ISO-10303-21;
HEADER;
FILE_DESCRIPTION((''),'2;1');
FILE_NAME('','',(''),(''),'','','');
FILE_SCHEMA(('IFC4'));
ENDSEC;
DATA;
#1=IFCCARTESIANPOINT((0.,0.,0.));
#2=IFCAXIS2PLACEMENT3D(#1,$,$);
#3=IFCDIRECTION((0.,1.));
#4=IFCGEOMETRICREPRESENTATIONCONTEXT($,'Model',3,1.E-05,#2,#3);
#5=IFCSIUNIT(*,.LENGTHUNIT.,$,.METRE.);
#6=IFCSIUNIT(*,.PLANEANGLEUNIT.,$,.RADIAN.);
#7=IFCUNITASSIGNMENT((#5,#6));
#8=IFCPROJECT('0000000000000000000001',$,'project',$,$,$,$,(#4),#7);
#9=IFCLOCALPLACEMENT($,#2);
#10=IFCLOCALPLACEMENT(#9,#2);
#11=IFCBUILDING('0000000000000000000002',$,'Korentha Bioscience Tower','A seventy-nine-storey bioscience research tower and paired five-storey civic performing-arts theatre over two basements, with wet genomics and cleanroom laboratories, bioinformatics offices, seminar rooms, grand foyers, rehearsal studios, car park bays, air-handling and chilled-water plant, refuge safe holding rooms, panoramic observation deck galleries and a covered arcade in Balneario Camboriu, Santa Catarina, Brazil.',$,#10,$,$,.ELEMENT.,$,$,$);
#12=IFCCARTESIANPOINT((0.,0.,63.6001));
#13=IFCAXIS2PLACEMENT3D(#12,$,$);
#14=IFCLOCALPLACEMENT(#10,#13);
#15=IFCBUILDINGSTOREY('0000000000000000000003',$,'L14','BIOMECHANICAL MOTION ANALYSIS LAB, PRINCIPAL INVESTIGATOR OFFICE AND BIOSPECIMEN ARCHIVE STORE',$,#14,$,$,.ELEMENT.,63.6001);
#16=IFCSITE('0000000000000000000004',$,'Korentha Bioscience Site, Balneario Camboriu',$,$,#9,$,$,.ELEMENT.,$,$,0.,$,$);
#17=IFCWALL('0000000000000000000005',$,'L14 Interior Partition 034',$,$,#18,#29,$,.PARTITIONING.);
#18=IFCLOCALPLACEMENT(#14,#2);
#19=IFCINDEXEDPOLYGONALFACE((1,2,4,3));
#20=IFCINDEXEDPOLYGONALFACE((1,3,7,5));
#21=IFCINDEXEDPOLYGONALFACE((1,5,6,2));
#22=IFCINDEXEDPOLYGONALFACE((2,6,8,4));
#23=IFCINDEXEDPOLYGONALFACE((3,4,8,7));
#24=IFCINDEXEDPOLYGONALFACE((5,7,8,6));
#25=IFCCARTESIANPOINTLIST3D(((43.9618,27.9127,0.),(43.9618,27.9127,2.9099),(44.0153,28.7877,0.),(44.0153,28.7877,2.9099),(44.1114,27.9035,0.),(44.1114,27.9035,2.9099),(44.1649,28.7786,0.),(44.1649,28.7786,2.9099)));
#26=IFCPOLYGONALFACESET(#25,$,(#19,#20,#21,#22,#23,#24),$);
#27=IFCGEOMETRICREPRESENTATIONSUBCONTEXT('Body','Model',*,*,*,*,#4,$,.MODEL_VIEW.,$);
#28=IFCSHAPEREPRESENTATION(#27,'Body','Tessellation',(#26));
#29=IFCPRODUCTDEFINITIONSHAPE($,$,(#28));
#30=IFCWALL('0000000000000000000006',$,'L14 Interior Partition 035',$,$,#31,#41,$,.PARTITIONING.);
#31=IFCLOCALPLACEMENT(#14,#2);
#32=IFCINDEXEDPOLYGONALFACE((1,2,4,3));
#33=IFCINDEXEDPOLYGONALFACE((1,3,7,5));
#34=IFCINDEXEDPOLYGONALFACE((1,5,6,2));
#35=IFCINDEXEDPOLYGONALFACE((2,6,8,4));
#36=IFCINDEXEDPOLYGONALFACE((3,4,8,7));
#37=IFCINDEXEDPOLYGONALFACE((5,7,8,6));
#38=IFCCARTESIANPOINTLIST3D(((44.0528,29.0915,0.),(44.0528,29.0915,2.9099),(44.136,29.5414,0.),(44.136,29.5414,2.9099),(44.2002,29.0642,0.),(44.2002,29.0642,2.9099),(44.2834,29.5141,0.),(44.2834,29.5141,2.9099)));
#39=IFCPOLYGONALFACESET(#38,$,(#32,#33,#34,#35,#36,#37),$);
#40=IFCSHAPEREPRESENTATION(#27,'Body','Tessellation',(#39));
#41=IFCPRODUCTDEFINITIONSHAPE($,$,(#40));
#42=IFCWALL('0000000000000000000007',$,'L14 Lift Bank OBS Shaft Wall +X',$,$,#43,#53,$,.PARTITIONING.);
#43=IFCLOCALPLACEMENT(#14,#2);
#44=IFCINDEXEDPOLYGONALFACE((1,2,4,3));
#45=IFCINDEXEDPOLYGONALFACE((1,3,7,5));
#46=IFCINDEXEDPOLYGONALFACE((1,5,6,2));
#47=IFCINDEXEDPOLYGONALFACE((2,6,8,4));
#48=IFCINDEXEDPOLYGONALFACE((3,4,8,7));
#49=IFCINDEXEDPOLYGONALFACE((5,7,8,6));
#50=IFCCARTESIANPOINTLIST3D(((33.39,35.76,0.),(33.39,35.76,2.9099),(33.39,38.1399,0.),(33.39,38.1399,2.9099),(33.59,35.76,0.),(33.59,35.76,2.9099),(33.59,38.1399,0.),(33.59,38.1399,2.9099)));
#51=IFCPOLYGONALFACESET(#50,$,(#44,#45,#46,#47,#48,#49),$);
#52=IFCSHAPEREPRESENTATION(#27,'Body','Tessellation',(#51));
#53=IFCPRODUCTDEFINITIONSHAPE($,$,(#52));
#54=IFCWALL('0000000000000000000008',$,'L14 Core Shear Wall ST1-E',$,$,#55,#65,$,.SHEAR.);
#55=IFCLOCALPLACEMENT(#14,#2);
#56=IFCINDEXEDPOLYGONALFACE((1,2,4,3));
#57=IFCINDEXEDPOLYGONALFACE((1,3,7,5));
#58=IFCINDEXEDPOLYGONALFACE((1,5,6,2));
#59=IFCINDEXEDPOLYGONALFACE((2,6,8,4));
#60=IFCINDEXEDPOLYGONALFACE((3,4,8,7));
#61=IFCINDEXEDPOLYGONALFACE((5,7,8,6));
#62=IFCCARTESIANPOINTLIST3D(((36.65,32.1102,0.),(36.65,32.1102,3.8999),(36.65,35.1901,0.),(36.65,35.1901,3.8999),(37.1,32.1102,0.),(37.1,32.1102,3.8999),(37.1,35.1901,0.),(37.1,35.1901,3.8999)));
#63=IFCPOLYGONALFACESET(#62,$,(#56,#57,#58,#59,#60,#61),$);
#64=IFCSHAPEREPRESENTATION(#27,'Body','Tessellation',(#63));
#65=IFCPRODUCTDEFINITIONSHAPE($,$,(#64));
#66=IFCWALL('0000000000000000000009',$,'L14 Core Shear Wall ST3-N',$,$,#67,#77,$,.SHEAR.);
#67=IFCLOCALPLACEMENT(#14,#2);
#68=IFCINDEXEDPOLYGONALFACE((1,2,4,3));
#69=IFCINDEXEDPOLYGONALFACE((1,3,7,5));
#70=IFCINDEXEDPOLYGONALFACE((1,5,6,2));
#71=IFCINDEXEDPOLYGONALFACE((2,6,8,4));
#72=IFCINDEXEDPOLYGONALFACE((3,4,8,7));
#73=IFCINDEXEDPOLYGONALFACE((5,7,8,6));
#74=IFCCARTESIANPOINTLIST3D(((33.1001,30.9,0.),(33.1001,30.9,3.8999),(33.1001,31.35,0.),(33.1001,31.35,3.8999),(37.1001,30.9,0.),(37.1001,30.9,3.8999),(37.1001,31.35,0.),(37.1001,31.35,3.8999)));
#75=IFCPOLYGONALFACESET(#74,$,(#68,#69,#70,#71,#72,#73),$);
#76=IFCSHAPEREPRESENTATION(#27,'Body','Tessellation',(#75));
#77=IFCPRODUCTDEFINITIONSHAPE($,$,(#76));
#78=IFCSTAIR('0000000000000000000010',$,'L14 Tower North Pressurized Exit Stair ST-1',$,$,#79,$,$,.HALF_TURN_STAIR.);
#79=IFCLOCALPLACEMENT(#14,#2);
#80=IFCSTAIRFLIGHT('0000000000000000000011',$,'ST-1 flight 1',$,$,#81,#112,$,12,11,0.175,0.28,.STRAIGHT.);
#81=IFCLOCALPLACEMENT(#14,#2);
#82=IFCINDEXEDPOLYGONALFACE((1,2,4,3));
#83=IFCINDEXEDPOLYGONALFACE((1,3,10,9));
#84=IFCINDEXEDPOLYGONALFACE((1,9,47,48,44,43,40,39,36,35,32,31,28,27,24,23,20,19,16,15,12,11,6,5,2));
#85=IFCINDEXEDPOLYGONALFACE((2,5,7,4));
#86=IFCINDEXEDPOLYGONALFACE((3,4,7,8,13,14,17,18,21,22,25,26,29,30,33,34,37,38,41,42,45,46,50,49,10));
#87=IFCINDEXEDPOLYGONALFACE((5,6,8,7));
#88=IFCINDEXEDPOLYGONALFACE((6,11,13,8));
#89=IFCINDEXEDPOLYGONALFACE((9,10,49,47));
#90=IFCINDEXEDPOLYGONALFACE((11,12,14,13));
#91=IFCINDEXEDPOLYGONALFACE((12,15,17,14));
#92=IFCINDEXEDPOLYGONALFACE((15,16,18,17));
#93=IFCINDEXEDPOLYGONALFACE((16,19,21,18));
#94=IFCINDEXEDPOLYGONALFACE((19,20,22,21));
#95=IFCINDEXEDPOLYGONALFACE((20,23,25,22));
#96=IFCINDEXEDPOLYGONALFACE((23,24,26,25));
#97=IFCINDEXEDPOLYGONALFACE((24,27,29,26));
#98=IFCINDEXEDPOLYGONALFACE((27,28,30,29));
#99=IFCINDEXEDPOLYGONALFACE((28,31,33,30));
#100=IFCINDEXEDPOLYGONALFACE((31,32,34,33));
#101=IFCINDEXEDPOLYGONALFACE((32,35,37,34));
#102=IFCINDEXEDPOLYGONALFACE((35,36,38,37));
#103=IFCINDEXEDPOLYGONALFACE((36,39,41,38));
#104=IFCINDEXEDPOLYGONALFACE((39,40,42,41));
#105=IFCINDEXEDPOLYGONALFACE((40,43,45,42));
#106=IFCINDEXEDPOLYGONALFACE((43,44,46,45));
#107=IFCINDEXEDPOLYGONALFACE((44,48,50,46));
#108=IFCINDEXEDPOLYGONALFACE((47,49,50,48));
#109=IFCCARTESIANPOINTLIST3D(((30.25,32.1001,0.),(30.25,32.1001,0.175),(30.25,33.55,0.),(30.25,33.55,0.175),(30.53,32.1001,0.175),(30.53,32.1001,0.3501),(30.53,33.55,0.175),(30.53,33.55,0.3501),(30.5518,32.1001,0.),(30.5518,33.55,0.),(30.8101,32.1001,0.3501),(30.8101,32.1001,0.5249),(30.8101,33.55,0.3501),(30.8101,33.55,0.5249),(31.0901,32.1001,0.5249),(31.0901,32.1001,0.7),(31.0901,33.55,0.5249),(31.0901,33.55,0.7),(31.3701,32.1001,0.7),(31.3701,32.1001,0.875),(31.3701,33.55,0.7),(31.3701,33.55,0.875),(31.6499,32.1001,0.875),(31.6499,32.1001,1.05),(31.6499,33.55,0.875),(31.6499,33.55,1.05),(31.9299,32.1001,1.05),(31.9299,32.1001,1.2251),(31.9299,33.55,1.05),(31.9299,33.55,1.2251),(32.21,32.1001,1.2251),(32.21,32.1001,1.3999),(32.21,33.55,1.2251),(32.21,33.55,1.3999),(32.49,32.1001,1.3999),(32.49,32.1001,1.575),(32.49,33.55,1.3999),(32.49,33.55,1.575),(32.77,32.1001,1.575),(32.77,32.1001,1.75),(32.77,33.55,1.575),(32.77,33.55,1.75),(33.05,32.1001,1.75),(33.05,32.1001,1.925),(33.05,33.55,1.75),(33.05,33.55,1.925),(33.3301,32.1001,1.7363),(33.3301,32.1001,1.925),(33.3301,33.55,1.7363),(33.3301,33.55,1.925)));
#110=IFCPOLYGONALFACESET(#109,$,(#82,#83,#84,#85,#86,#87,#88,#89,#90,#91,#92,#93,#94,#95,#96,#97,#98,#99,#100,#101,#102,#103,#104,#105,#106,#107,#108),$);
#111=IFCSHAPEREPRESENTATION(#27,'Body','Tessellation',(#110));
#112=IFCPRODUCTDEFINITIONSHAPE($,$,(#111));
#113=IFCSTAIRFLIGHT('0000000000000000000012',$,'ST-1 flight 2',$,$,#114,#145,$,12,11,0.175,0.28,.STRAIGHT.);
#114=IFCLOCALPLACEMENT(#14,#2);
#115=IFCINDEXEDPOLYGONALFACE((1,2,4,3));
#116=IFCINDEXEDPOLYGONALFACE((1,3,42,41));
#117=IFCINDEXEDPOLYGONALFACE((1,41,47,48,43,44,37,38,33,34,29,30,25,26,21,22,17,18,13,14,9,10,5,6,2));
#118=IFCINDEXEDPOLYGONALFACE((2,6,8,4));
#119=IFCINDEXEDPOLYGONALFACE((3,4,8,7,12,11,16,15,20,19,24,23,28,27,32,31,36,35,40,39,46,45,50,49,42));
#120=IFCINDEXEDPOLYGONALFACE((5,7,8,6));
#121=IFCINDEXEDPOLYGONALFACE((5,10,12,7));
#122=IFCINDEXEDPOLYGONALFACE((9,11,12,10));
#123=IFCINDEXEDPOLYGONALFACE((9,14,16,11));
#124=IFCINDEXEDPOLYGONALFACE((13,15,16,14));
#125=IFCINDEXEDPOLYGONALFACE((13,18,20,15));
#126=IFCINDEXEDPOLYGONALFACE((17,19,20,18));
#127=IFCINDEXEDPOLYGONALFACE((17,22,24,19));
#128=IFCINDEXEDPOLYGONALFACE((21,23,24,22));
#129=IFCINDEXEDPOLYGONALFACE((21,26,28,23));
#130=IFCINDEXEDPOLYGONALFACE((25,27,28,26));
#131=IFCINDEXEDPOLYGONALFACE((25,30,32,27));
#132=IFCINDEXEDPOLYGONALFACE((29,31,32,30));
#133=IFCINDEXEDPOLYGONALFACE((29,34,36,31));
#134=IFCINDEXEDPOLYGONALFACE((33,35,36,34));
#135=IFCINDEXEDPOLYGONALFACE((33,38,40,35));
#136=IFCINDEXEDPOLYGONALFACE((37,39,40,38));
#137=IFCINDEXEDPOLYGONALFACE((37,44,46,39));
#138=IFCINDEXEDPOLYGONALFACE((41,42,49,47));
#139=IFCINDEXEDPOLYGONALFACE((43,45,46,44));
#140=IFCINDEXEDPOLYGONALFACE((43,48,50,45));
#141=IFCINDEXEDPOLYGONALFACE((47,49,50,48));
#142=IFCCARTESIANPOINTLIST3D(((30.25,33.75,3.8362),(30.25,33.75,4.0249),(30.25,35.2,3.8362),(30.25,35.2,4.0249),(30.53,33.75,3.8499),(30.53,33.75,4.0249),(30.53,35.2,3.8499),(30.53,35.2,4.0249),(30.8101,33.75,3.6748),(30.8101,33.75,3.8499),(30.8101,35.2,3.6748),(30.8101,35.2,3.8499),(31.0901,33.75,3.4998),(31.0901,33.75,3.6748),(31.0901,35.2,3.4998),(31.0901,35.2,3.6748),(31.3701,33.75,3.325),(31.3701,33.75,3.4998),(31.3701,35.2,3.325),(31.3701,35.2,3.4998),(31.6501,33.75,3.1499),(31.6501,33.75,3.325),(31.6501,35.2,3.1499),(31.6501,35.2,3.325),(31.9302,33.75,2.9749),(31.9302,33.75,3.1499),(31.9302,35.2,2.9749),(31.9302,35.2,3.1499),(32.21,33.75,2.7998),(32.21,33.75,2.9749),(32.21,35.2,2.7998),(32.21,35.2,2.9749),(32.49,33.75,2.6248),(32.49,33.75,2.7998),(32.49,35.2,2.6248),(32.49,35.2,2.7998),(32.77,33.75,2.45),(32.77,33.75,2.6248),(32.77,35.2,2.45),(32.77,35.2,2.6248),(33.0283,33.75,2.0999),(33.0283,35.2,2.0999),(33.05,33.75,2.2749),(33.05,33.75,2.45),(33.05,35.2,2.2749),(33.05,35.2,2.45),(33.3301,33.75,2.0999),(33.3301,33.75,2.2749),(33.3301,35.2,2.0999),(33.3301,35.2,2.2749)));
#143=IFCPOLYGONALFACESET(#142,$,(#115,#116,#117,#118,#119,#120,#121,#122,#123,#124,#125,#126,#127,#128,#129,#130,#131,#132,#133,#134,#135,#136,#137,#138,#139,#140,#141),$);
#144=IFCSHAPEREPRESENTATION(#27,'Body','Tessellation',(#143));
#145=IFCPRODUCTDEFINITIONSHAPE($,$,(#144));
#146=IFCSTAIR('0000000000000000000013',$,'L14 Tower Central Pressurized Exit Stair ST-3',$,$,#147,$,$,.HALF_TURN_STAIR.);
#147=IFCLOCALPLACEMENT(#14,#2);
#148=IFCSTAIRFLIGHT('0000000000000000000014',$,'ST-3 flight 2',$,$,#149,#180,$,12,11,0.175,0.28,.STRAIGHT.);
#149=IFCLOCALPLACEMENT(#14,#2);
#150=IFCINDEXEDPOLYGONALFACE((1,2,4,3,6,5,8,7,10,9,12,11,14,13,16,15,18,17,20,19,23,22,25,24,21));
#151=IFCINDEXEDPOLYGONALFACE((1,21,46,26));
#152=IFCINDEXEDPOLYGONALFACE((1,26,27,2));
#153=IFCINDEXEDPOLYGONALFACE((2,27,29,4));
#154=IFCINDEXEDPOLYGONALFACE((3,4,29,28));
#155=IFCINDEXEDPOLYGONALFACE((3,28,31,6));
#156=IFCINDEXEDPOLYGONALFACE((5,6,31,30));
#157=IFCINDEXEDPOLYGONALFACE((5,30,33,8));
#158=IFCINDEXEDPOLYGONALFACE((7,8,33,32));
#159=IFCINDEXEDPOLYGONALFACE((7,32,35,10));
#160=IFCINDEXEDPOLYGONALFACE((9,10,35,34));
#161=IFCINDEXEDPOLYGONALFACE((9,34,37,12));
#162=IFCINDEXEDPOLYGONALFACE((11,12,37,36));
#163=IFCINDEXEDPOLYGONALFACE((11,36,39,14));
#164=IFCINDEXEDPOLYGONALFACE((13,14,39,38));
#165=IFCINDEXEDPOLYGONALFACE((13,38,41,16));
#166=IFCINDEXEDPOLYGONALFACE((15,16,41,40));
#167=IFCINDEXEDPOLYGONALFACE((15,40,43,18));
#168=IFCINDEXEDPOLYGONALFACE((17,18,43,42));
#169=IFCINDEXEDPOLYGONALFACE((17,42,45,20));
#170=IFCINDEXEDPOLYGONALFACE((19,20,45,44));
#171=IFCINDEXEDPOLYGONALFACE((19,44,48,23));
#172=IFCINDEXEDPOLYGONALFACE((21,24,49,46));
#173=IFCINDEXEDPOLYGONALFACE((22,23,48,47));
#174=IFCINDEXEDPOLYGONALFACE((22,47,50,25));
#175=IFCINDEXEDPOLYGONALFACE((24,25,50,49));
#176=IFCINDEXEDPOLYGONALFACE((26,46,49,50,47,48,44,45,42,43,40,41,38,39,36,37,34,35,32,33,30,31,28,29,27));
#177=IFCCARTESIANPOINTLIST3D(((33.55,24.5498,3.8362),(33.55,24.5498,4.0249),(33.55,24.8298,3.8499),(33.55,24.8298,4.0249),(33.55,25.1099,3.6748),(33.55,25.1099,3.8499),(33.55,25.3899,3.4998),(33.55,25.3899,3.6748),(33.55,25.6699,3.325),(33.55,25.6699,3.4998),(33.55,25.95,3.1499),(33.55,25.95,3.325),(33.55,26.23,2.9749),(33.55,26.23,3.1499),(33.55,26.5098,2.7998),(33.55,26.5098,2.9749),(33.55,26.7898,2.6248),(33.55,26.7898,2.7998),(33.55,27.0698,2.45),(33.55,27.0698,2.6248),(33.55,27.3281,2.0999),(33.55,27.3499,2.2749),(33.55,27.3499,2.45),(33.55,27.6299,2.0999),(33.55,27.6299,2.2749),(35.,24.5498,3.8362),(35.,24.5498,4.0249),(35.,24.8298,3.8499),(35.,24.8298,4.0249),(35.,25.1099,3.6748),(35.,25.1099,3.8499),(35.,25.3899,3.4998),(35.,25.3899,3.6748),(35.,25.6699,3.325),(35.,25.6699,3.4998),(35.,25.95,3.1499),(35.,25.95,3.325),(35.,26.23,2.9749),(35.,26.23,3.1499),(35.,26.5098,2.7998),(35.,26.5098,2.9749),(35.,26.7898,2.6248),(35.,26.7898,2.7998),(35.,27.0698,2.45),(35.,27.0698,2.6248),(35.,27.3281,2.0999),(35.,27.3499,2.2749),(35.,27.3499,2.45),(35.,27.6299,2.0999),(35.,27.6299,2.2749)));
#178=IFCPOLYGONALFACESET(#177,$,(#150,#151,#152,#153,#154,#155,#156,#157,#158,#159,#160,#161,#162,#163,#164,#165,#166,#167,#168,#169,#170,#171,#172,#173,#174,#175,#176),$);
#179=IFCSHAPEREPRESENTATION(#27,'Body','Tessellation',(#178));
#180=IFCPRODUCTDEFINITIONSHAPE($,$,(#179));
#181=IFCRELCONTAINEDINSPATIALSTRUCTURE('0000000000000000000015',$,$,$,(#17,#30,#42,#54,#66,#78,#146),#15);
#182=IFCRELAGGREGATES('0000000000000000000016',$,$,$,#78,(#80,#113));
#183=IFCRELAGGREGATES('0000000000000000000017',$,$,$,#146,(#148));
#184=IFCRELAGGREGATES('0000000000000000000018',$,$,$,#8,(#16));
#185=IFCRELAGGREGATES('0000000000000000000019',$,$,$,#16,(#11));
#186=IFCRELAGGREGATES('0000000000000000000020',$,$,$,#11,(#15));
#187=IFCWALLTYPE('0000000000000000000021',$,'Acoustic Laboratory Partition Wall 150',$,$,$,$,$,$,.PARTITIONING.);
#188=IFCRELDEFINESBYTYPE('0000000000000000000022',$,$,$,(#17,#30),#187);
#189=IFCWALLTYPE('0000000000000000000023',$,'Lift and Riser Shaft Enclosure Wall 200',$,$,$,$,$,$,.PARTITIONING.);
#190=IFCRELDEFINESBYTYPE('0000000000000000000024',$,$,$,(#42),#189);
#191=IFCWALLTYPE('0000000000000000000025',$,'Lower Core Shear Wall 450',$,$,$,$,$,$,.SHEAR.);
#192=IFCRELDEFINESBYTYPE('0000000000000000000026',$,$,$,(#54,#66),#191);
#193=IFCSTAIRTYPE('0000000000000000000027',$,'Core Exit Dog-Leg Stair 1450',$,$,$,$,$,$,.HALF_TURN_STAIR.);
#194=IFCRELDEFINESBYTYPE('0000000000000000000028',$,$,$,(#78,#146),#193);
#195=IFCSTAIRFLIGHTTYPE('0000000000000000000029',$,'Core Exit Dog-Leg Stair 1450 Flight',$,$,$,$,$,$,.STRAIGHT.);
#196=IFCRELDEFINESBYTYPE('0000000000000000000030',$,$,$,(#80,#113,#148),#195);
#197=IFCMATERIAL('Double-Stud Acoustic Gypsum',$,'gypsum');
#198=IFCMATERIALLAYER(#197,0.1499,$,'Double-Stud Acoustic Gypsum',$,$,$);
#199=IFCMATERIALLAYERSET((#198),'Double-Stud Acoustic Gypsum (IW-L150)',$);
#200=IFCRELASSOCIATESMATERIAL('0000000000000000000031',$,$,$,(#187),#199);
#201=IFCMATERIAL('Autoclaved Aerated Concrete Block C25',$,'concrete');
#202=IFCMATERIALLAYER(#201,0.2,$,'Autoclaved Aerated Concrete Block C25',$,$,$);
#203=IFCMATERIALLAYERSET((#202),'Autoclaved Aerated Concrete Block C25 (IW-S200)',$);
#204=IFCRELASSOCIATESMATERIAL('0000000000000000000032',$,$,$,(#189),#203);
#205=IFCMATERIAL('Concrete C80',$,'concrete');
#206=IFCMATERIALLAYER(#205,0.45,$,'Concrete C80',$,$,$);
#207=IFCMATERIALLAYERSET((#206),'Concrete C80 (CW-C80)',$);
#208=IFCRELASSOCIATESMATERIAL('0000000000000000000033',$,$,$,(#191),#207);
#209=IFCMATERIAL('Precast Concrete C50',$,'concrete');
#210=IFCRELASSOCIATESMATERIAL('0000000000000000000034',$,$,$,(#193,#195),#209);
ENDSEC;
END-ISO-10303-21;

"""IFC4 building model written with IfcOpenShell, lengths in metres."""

from ifc_helpers import new_model, si_unit, direction, frame, frame_2d, origin, place, context, subcontext, project, spatial, polyline, rectangle, outline, extrude, material, layer, layer_set, type_object, element, aggregate, save


model = new_model("IFC4")

# Units and contexts
model_context = context("Model", 3, precision=1e-05, world=origin(), true_north=direction((0.0, 1.0)))
body_context = subcontext(model_context, "Body", "Model", "MODEL_VIEW")
ifc_project = project(units=[si_unit("LENGTHUNIT", "METRE"), si_unit("PLANEANGLEUNIT", "RADIAN")], contexts=[model_context])

# Site, building, storey
site_placement = place(None, origin())
site = spatial("IfcSite", under=ifc_project, at=site_placement, Name="Korentha Bioscience Site, Balneario Camboriu", CompositionType="ELEMENT", RefElevation=0.0)
building_placement = place(site_placement, origin())
building = spatial("IfcBuilding", under=site, at=building_placement, Name="Korentha Bioscience Tower", Description="A seventy-nine-storey bioscience research tower and paired five-storey civic performing-arts theatre over two basements, with wet genomics and cleanroom laboratories, bioinformatics offices, seminar rooms, grand foyers, rehearsal studios, car park bays, air-handling and chilled-water plant, refuge safe holding rooms, panoramic observation deck galleries and a covered arcade in Balneario Camboriu, Santa Catarina, Brazil.", CompositionType="ELEMENT")
storey_placement = place(building_placement, frame((0.0, 0.0, 63.6001)))
storey = spatial("IfcBuildingStorey", under=building, at=storey_placement, Name="L14", Description="BIOMECHANICAL MOTION ANALYSIS LAB, PRINCIPAL INVESTIGATOR OFFICE AND BIOSPECIMEN ARCHIVE STORE", CompositionType="ELEMENT", Elevation=63.6001)

# Shared definitions
ifc_material_1 = material(Name="Concrete C80", Category="concrete")

# Shared definitions
ifc_material_2 = material(Name="Double-Stud Acoustic Gypsum", Category="gypsum")
ifc_layer_1 = layer(ifc_material_2, 0.1499, Name="Double-Stud Acoustic Gypsum")
ifc_layer_set_1 = layer_set([ifc_layer_1], Name="Double-Stud Acoustic Gypsum (IW-L150)")
wall_type_1 = type_object("IfcWallType", Name="Acoustic Laboratory Partition Wall 150", PredefinedType="PARTITIONING", material=ifc_layer_set_1)

# Walls
wall_1_placement = place(storey_placement, frame((44.0366, 27.908, 0.0), z_axis=(0.0, 0.0, 1.0), x_axis=(0.060991, 0.998138, 0.0)))
element("IfcWall", 1, at=wall_1_placement, inside=storey, type_object=wall_type_1, Name="L14 Interior Partition 034", PredefinedType="PARTITIONING", context=body_context, shape_type="SweptSolid", body=[
    extrude(rectangle(XDim=0.8767, YDim=0.1499, at=frame_2d((0.4385, 0.0))), origin(), (0.0, 0.0, 1.0), 2.9099),
])
wall_2_placement = place(storey_placement, frame((44.1265, 29.0779, 0.0), z_axis=(0.0, 0.0, 1.0), x_axis=(0.181936, 0.98331, 0.0)))
element("IfcWall", 2, at=wall_2_placement, inside=storey, type_object=wall_type_1, Name="L14 Interior Partition 035", PredefinedType="PARTITIONING", context=body_context, shape_type="SweptSolid", body=[
    extrude(rectangle(XDim=0.4575, YDim=0.1499, at=frame_2d((0.2288, 0.0))), origin(), (0.0, 0.0, 1.0), 2.9099),
])
ifc_material_3 = material(Name="Autoclaved Aerated Concrete Block C25", Category="concrete")
ifc_layer_2 = layer(ifc_material_3, 0.2, Name="Autoclaved Aerated Concrete Block C25")
ifc_layer_set_2 = layer_set([ifc_layer_2], Name="Autoclaved Aerated Concrete Block C25 (IW-S200)")
wall_type_2 = type_object("IfcWallType", Name="Lift and Riser Shaft Enclosure Wall 200", PredefinedType="PARTITIONING", material=ifc_layer_set_2)
wall_3_placement = place(storey_placement, frame((33.49, 35.76, 0.0), z_axis=(0.0, 0.0, 1.0), x_axis=(0.0, 1.0, 0.0)))
element("IfcWall", 3, at=wall_3_placement, inside=storey, type_object=wall_type_2, Name="L14 Lift Bank OBS Shaft Wall +X", PredefinedType="PARTITIONING", context=body_context, shape_type="SweptSolid", body=[
    extrude(rectangle(XDim=2.3799, YDim=0.2, at=frame_2d((1.1899, 0.0))), origin(), (0.0, 0.0, 1.0), 2.9099),
])
ifc_layer_3 = layer(ifc_material_1, 0.45, Name="Concrete C80")
ifc_layer_set_3 = layer_set([ifc_layer_3], Name="Concrete C80 (CW-C80)")
wall_type_3 = type_object("IfcWallType", Name="Lower Core Shear Wall 450", PredefinedType="SHEAR", material=ifc_layer_set_3)
wall_4_placement = place(storey_placement, frame((36.875, 32.1101, 0.0), z_axis=(0.0, 0.0, 1.0), x_axis=(0.0, 1.0, 0.0)))
element("IfcWall", 4, at=wall_4_placement, inside=storey, type_object=wall_type_3, Name="L14 Core Shear Wall ST1-E", PredefinedType="SHEAR", context=body_context, shape_type="SweptSolid", body=[
    extrude(rectangle(XDim=3.0798, YDim=0.45, at=frame_2d((1.54, 0.0))), origin(), (0.0, 0.0, 1.0), 3.8999),
])
wall_5_placement = place(storey_placement, frame((33.1001, 31.125, 0.0), z_axis=(0.0, 0.0, 1.0), x_axis=(1.0, 0.0, 0.0)))
element("IfcWall", 5, at=wall_5_placement, inside=storey, type_object=wall_type_3, Name="L14 Core Shear Wall ST3-N", PredefinedType="SHEAR", context=body_context, shape_type="SweptSolid", body=[
    extrude(rectangle(XDim=4.0, YDim=0.45, at=frame_2d((2.0, 0.0))), origin(), (0.0, 0.0, 1.0), 3.8999),
])

# Stair, stair flights
ifc_material_4 = material(Name="Precast Concrete C50", Category="concrete")
stair_type = type_object("IfcStairType", Name="Core Exit Dog-Leg Stair 1450", PredefinedType="HALF_TURN_STAIR", material=ifc_material_4)
stair_1_placement = place(storey_placement, origin())
stair_1 = element("IfcStair", 6, at=stair_1_placement, inside=storey, type_object=stair_type, Name="L14 Tower North Pressurized Exit Stair ST-1", PredefinedType="HALF_TURN_STAIR")
stair_flight_type = type_object("IfcStairFlightType", Name="Core Exit Dog-Leg Stair 1450 Flight", PredefinedType="STRAIGHT", material=ifc_material_4)
stair_flight_1_placement = place(storey_placement, frame((30.25, 32.825, 0.0), z_axis=(0.0, 0.0, 1.0), x_axis=(1.0, 0.0, 0.0)))
stair_flight_1 = element("IfcStairFlight", 7, at=stair_flight_1_placement, type_object=stair_flight_type, Name="ST-1 flight 1", NumberOfRisers=12, NumberOfTreads=11, PredefinedType="STRAIGHT", RiserHeight=0.175, TreadLength=0.28, context=body_context, shape_type="SweptSolid", body=[
    extrude(outline(polyline([(0.0, 0.0), (0.0, 0.175), (0.28, 0.175), (0.28, 0.3501), (0.5601, 0.3501), (0.5601, 0.5249), (0.8401, 0.5249), (0.8401, 0.7), (1.1201, 0.7), (1.1201, 0.875), (1.3999, 0.875), (1.3999, 1.05), (1.6799, 1.05), (1.6799, 1.2251), (1.96, 1.2251), (1.96, 1.3999), (2.24, 1.3999), (2.24, 1.575), (2.52, 1.575), (2.52, 1.75), (2.8, 1.75), (2.8, 1.925), (3.0801, 1.925), (3.0801, 2.1001), (3.0801, 1.7363), (0.3018, 0.0), (0.0, 0.0)])), frame((0.0, 0.7251, 0.0), z_axis=(0.0, -1.0, 0.0), x_axis=(1.0, 0.0, 0.0)), (0.0, 0.0, 1.0), 1.45),
])
stair_flight_2_placement = place(storey_placement, frame((33.3301, 34.4751, 2.0999), z_axis=(0.0, 0.0, 1.0), x_axis=(-1.0, 0.0, 0.0)))
stair_flight_2 = element("IfcStairFlight", 8, at=stair_flight_2_placement, type_object=stair_flight_type, Name="ST-1 flight 2", NumberOfRisers=12, NumberOfTreads=11, PredefinedType="STRAIGHT", RiserHeight=0.175, TreadLength=0.28, context=body_context, shape_type="SweptSolid", body=[
    extrude(outline(polyline([(0.0, 0.0), (0.0, 0.175), (0.28, 0.175), (0.28, 0.3501), (0.5601, 0.3501), (0.5601, 0.5249), (0.8401, 0.5249), (0.8401, 0.7), (1.1201, 0.7), (1.1201, 0.875), (1.3999, 0.875), (1.3999, 1.05), (1.6799, 1.05), (1.6799, 1.2251), (1.96, 1.2251), (1.96, 1.3999), (2.24, 1.3999), (2.24, 1.575), (2.52, 1.575), (2.52, 1.75), (2.8, 1.75), (2.8, 1.925), (3.0801, 1.925), (3.0801, 2.1001), (3.0801, 1.7363), (0.3018, 0.0), (0.0, 0.0)])), frame((0.0, 0.7251, 0.0), z_axis=(0.0, -1.0, 0.0), x_axis=(1.0, 0.0, 0.0)), (0.0, 0.0, 1.0), 1.45),
])
aggregate(stair_1, [stair_flight_1, stair_flight_2])

# Stair, stair flight
stair_2_placement = place(storey_placement, origin())
stair_2 = element("IfcStair", 9, at=stair_2_placement, inside=storey, type_object=stair_type, Name="L14 Tower Central Pressurized Exit Stair ST-3", PredefinedType="HALF_TURN_STAIR")
stair_flight_3_placement = place(storey_placement, frame((34.2749, 27.6299, 2.0999), z_axis=(0.0, 0.0, 1.0), x_axis=(0.0, -1.0, 0.0)))
stair_flight_3 = element("IfcStairFlight", 10, at=stair_flight_3_placement, type_object=stair_flight_type, Name="ST-3 flight 2", NumberOfRisers=12, NumberOfTreads=11, PredefinedType="STRAIGHT", RiserHeight=0.175, TreadLength=0.28, context=body_context, shape_type="SweptSolid", body=[
    extrude(outline(polyline([(0.0, 0.0), (0.0, 0.175), (0.28, 0.175), (0.28, 0.3501), (0.5601, 0.3501), (0.5601, 0.5249), (0.8401, 0.5249), (0.8401, 0.7), (1.1201, 0.7), (1.1201, 0.875), (1.3999, 0.875), (1.3999, 1.05), (1.6799, 1.05), (1.6799, 1.2251), (1.96, 1.2251), (1.96, 1.3999), (2.24, 1.3999), (2.24, 1.575), (2.52, 1.575), (2.52, 1.75), (2.8, 1.75), (2.8, 1.925), (3.0801, 1.925), (3.0801, 2.1001), (3.0801, 1.7363), (0.3018, 0.0), (0.0, 0.0)])), frame((0.0, 0.7251, 0.0), z_axis=(0.0, -1.0, 0.0), x_axis=(1.0, 0.0, 0.0)), (0.0, 0.0, 1.0), 1.45),
])
aggregate(stair_2, [stair_flight_3])

save(model, "model.ifc")
